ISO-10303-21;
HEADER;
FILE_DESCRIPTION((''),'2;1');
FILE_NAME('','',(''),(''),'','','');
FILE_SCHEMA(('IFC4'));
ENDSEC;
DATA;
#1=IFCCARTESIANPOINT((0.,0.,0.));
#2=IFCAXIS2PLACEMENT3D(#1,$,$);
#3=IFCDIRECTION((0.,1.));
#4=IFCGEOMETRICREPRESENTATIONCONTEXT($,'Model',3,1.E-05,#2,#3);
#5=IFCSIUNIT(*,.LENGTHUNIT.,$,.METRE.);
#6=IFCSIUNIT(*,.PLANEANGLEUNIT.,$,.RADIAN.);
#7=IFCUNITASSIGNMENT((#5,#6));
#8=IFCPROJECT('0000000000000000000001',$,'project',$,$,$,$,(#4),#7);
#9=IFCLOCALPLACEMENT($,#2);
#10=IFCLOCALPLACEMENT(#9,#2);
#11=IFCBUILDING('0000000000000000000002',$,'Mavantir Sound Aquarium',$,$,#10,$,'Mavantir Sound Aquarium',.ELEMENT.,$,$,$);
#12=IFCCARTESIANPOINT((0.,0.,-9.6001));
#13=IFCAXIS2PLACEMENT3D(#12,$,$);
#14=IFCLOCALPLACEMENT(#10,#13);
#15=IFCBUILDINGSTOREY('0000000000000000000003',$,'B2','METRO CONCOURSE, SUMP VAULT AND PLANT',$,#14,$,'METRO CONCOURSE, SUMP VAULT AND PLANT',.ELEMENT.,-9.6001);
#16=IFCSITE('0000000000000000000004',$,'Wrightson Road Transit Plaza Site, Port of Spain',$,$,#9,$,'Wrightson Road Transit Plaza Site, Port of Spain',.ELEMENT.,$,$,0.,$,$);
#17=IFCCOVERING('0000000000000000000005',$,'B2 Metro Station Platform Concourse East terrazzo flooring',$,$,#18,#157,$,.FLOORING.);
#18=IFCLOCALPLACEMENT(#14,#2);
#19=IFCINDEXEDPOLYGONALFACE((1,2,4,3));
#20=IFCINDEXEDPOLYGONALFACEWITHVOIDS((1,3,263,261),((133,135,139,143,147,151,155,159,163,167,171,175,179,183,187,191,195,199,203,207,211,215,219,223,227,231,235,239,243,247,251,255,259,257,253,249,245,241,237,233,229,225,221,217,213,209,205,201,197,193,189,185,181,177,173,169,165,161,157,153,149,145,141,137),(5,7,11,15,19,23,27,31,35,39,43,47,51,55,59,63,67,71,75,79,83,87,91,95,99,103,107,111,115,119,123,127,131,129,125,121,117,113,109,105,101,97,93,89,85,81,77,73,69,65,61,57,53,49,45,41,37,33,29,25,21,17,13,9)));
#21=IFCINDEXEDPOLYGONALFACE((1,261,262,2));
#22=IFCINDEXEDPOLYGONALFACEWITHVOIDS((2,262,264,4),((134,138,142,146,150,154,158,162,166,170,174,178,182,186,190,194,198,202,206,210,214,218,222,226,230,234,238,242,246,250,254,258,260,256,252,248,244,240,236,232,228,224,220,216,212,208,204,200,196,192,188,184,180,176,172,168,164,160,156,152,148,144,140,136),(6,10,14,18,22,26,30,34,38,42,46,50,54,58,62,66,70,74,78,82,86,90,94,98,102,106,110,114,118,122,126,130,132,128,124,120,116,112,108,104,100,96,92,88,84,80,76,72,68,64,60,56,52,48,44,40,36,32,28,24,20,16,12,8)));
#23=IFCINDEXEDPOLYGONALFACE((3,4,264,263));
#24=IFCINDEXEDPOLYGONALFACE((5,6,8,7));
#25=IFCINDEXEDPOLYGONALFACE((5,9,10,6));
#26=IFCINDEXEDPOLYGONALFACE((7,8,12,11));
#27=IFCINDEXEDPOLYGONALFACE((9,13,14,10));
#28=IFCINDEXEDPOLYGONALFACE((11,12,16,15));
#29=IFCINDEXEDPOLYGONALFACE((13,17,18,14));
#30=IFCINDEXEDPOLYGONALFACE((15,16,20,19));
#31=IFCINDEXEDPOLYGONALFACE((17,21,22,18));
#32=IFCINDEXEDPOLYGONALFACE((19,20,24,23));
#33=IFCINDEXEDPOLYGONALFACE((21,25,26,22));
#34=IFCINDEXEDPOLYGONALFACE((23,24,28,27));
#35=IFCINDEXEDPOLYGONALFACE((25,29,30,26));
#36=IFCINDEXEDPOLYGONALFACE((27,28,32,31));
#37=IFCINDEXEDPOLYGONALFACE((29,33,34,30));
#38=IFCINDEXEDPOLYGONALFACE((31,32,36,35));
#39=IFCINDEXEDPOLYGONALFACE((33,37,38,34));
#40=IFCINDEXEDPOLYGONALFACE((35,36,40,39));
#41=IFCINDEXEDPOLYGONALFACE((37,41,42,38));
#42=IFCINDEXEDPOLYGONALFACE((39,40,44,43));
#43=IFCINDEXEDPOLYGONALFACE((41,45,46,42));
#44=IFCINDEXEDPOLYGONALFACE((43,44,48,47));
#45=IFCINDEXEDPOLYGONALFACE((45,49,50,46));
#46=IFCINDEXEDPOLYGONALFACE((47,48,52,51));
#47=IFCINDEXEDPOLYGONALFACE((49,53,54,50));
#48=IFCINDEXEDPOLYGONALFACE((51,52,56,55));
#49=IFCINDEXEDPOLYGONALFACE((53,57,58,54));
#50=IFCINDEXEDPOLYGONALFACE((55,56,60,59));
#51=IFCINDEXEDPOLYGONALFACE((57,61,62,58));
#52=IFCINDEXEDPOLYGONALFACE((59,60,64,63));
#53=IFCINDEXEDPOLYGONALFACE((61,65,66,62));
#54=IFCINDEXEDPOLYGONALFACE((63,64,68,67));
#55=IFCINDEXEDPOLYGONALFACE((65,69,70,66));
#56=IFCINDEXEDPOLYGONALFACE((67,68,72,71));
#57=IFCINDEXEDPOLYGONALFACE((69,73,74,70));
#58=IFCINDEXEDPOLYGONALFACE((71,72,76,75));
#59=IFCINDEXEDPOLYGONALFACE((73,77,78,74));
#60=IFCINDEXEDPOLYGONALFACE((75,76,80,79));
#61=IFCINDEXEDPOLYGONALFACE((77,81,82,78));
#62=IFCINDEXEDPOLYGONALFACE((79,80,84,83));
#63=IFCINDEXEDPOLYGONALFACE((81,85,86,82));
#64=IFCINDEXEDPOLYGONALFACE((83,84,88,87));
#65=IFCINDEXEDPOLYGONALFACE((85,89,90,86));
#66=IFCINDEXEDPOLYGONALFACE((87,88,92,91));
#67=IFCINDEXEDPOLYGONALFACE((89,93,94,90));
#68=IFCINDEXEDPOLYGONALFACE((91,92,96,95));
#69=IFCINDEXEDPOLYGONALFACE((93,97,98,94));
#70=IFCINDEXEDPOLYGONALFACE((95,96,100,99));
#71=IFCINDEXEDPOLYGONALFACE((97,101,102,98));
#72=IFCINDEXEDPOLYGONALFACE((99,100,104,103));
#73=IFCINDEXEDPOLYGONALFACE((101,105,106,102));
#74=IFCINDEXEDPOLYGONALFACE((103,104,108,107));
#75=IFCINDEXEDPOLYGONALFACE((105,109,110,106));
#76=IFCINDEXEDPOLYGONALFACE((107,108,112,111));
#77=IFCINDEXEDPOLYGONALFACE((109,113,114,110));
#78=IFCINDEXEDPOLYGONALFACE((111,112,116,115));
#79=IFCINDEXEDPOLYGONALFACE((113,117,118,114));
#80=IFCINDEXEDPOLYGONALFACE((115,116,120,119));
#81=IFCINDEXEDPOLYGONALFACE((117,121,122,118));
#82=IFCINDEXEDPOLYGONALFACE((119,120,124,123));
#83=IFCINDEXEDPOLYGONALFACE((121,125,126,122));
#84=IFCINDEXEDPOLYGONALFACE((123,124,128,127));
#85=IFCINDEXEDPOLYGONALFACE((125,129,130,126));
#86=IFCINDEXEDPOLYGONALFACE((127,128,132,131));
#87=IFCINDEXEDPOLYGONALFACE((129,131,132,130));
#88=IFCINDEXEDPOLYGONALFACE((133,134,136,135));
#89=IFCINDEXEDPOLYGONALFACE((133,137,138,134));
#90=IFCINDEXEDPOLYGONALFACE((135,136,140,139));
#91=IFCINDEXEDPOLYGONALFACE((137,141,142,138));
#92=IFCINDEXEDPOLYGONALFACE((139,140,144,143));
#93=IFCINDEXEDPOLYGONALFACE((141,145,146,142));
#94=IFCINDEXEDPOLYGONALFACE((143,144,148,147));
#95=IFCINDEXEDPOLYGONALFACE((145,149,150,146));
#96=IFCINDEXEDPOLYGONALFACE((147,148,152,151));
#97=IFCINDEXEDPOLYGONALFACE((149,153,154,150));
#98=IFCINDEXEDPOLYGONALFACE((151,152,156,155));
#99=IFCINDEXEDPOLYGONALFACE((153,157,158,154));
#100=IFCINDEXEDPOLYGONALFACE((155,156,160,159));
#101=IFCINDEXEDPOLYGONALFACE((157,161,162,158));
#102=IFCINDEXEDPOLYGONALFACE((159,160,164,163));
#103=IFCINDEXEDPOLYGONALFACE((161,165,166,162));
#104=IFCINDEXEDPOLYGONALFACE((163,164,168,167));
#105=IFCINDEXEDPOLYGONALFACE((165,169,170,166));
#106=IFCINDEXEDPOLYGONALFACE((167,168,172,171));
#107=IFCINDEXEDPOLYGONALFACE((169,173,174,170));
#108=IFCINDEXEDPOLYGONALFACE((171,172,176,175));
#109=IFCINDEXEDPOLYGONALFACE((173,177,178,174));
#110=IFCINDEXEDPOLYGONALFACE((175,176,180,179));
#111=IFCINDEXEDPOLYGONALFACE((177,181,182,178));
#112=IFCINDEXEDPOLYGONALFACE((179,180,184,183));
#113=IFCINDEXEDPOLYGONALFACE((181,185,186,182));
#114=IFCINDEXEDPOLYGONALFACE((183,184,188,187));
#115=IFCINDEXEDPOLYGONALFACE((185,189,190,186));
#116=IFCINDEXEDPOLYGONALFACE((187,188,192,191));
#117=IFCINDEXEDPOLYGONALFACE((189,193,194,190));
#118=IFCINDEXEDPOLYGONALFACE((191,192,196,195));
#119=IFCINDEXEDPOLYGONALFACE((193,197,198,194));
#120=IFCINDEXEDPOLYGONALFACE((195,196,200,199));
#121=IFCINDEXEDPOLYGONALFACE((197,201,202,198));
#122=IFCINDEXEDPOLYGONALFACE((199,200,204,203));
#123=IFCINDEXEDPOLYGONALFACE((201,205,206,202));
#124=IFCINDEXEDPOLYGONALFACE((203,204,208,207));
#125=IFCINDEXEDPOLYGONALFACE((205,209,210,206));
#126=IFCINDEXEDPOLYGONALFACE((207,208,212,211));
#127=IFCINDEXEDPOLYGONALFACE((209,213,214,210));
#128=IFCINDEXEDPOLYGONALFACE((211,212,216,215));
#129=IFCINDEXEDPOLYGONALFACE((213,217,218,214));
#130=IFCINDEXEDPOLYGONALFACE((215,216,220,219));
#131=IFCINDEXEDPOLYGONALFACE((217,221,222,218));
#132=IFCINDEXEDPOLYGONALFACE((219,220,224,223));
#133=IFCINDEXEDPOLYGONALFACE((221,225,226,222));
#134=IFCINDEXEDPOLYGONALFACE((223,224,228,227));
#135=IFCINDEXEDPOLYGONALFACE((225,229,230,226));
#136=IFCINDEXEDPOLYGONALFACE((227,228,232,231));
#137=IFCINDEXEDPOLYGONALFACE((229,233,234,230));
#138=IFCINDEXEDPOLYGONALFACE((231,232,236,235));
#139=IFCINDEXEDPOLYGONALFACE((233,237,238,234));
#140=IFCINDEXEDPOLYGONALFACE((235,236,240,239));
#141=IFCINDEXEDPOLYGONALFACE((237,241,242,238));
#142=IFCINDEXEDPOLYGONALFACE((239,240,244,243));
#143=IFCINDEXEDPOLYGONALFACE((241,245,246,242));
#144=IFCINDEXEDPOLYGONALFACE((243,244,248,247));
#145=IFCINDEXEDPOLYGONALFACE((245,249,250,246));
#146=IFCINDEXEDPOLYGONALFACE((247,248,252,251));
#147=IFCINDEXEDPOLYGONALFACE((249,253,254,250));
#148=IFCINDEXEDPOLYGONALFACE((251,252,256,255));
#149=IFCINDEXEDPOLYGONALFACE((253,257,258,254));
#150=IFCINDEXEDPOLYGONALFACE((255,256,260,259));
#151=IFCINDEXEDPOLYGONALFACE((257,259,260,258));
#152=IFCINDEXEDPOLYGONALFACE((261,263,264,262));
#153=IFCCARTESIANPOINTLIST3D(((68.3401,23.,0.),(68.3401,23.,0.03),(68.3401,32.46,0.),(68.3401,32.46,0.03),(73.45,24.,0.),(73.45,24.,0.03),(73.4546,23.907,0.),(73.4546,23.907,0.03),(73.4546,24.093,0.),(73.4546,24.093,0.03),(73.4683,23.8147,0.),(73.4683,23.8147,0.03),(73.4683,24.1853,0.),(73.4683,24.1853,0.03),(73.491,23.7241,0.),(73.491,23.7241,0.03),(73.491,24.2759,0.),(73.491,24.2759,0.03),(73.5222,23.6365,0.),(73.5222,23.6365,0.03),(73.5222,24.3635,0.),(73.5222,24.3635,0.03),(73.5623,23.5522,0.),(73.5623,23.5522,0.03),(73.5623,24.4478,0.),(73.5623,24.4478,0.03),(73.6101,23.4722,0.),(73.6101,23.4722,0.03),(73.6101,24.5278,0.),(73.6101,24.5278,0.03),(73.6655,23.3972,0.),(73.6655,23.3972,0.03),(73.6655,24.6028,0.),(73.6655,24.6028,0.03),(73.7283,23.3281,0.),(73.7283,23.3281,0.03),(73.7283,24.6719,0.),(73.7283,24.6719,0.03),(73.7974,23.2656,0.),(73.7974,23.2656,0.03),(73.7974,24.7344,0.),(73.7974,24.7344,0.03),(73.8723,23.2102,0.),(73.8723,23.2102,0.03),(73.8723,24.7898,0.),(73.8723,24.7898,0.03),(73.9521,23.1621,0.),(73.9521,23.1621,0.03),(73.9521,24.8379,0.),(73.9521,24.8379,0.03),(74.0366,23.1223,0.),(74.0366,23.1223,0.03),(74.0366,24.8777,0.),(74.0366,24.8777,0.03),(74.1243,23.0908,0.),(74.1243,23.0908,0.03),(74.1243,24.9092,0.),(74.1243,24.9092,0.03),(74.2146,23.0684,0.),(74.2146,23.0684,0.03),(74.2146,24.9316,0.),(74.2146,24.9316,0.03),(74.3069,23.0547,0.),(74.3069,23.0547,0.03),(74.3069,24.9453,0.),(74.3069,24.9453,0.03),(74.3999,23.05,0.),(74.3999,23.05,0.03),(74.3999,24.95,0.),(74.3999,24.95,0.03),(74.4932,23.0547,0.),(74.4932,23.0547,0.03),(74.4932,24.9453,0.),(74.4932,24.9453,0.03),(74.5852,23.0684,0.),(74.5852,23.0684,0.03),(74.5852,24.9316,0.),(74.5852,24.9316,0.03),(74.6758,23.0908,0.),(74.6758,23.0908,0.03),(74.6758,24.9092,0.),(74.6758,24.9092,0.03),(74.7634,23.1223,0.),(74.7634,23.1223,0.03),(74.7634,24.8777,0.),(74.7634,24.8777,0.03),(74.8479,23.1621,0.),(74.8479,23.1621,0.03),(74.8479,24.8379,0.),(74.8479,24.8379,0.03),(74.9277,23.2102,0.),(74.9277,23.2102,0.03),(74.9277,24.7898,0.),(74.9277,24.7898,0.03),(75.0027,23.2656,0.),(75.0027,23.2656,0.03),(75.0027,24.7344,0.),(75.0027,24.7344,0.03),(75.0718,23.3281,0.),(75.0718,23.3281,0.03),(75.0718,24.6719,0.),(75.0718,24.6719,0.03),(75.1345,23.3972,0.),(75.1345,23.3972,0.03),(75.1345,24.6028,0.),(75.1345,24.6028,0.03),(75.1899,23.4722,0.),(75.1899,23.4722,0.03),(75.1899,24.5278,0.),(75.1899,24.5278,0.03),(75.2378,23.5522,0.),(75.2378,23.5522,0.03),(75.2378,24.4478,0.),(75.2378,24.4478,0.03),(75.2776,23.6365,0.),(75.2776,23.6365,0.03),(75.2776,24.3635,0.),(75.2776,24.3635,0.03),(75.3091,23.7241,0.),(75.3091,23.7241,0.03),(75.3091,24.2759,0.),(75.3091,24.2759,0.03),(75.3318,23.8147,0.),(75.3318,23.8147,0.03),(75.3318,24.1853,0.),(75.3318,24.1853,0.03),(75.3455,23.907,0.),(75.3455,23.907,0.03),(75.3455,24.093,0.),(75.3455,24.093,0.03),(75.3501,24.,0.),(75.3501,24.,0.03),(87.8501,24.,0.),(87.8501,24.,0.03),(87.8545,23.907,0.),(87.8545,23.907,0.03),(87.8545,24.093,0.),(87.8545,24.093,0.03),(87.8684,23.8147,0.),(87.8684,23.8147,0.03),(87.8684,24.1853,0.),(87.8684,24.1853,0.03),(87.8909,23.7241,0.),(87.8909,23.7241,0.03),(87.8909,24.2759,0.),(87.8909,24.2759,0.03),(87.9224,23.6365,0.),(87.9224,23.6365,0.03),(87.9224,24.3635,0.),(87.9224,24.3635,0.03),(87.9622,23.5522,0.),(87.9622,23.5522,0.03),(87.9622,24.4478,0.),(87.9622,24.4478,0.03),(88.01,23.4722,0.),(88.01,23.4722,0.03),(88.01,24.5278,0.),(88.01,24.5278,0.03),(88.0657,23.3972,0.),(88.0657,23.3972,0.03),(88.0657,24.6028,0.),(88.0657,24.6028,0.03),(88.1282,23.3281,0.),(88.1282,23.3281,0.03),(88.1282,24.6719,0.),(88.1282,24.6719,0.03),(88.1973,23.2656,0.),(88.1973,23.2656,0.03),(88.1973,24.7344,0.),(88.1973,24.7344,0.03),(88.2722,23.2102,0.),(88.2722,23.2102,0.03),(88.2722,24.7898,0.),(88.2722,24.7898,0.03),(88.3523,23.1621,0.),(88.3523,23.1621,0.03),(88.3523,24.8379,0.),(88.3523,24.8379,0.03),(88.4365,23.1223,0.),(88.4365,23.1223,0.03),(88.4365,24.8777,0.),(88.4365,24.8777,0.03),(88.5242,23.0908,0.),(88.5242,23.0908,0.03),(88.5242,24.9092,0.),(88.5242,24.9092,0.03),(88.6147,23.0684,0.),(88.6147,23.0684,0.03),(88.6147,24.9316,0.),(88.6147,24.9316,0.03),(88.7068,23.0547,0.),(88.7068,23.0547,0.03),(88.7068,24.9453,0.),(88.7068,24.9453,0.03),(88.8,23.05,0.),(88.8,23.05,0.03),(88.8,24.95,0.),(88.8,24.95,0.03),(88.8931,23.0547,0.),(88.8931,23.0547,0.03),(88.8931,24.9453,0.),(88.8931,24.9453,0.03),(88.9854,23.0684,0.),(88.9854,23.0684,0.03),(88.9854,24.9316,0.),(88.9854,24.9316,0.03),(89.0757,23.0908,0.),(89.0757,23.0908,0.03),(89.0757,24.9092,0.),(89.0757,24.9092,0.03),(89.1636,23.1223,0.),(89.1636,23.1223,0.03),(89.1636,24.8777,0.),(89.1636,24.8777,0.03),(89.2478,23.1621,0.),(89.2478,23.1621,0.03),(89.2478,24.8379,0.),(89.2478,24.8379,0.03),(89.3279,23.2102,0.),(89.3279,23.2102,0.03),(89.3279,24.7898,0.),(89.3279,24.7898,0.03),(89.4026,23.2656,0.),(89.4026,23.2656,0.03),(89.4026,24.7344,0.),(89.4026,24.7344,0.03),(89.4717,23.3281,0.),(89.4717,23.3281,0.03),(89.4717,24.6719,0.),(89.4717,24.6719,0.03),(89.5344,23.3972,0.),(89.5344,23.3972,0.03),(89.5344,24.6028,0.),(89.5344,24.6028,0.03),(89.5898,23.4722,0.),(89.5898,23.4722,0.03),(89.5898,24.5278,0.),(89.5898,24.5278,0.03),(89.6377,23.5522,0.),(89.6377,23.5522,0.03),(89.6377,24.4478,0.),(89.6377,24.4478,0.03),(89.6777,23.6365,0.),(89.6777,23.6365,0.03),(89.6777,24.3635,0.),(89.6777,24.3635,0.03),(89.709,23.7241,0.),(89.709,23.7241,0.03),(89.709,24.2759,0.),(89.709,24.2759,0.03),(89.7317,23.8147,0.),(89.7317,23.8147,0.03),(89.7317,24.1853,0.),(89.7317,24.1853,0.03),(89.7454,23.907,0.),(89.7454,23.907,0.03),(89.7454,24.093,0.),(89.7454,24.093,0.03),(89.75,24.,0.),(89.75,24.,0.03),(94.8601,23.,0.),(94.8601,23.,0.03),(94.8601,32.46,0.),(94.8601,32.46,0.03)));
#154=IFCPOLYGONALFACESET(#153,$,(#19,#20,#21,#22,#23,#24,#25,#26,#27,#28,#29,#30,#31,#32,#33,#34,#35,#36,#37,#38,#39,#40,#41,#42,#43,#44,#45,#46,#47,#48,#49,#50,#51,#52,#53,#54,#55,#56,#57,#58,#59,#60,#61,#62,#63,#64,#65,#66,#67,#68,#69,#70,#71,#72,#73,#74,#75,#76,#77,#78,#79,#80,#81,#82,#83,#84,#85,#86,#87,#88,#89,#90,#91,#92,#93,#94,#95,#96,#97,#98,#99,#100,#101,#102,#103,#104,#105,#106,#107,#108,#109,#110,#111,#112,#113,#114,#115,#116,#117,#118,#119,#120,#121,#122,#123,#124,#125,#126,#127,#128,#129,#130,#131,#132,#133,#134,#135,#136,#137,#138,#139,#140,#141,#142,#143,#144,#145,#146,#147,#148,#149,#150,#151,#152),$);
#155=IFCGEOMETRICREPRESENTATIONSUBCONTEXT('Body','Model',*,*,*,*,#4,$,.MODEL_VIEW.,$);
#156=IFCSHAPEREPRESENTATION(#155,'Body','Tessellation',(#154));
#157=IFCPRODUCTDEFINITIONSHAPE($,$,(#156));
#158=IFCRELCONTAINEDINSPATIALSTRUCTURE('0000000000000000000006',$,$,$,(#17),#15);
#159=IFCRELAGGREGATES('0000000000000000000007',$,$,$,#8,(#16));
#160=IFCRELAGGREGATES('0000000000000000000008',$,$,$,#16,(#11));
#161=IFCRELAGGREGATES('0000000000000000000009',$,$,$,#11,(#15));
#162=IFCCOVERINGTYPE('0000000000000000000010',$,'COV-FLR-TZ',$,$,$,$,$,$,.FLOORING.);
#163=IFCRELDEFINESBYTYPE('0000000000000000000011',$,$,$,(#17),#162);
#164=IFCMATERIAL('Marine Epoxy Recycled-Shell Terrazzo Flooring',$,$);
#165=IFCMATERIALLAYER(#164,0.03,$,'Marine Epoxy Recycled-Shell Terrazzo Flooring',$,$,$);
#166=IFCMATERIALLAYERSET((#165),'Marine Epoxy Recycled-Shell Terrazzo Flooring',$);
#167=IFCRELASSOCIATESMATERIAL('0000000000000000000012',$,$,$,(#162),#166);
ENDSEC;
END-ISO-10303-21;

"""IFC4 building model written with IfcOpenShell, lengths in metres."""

from ifc_helpers import new_model, si_unit, direction, frame, origin, place, context, subcontext, project, spatial, polyline, outline, extrude, material, layer, layer_set, type_object, element, save


model = new_model("IFC4")

# Units and contexts
model_context = context("Model", 3, precision=1e-05, world=origin(), true_north=direction((0.0, 1.0)))
body_context = subcontext(model_context, "Body", "Model", "MODEL_VIEW")
ifc_project = project(units=[si_unit("LENGTHUNIT", "METRE"), si_unit("PLANEANGLEUNIT", "RADIAN")], contexts=[model_context])

# Site, building, storey
site_placement = place(None, origin())
site = spatial("IfcSite", under=ifc_project, at=site_placement, Name="Wrightson Road Transit Plaza Site, Port of Spain", LongName="Wrightson Road Transit Plaza Site, Port of Spain", CompositionType="ELEMENT", RefElevation=0.0)
building_placement = place(site_placement, origin())
building = spatial("IfcBuilding", under=site, at=building_placement, Name="Mavantir Sound Aquarium", LongName="Mavantir Sound Aquarium", CompositionType="ELEMENT")
storey_placement = place(building_placement, frame((0.0, 0.0, -9.6001)))
storey = spatial("IfcBuildingStorey", under=building, at=storey_placement, Name="B2", Description="METRO CONCOURSE, SUMP VAULT AND PLANT", LongName="METRO CONCOURSE, SUMP VAULT AND PLANT", CompositionType="ELEMENT", Elevation=-9.6001)

# Covering
ifc_material_1 = material(Name="Marine Epoxy Recycled-Shell Terrazzo Flooring")
ifc_layer_1 = layer(ifc_material_1, 0.03, Name="Marine Epoxy Recycled-Shell Terrazzo Flooring")
ifc_layer_set_1 = layer_set([ifc_layer_1], Name="Marine Epoxy Recycled-Shell Terrazzo Flooring")
covering_type_1 = type_object("IfcCoveringType", Name="COV-FLR-TZ", PredefinedType="FLOORING", material=ifc_layer_set_1)
covering_1_placement = place(storey_placement, origin())
element("IfcCovering", 1, at=covering_1_placement, inside=storey, type_object=covering_type_1, Name="B2 Metro Station Platform Concourse East terrazzo flooring", PredefinedType="FLOORING", context=body_context, shape_type="SweptSolid", body=[
    extrude(outline(polyline([(94.8601, 32.46), (94.8601, 23.0), (68.3401, 23.0), (68.3401, 32.46), (94.8601, 32.46)]), holes=[polyline([(89.4717, 23.3281), (89.5344, 23.3972), (89.5898, 23.4722), (89.6377, 23.5522), (89.6777, 23.6365), (89.709, 23.7241), (89.7317, 23.8147), (89.7454, 23.907), (89.75, 24.0), (89.7454, 24.093), (89.7317, 24.1853), (89.709, 24.2759), (89.6777, 24.3635), (89.6377, 24.4478), (89.5898, 24.5278), (89.5344, 24.6028), (89.4717, 24.6719), (89.4026, 24.7344), (89.3279, 24.7898), (89.2478, 24.8379), (89.1636, 24.8777), (89.0757, 24.9092), (88.9854, 24.9316), (88.8931, 24.9453), (88.8, 24.95), (88.7068, 24.9453), (88.6147, 24.9316), (88.5242, 24.9092), (88.4365, 24.8777), (88.3523, 24.8379), (88.2722, 24.7898), (88.1973, 24.7344), (88.1282, 24.6719), (88.0657, 24.6028), (88.01, 24.5278), (87.9622, 24.4478), (87.9224, 24.3635), (87.8909, 24.2759), (87.8684, 24.1853), (87.8545, 24.093), (87.8501, 24.0), (87.8545, 23.907), (87.8684, 23.8147), (87.8909, 23.7241), (87.9224, 23.6365), (87.9622, 23.5522), (88.01, 23.4722), (88.0657, 23.3972), (88.1282, 23.3281), (88.1973, 23.2656), (88.2722, 23.2102), (88.3523, 23.1621), (88.4365, 23.1223), (88.5242, 23.0908), (88.6147, 23.0684), (88.7068, 23.0547), (88.8, 23.05), (88.8931, 23.0547), (88.9854, 23.0684), (89.0757, 23.0908), (89.1636, 23.1223), (89.2478, 23.1621), (89.3279, 23.2102), (89.4026, 23.2656), (89.4717, 23.3281)]), polyline([(75.0718, 23.3281), (75.1345, 23.3972), (75.1899, 23.4722), (75.2378, 23.5522), (75.2776, 23.6365), (75.3091, 23.7241), (75.3318, 23.8147), (75.3455, 23.907), (75.3501, 24.0), (75.3455, 24.093), (75.3318, 24.1853), (75.3091, 24.2759), (75.2776, 24.3635), (75.2378, 24.4478), (75.1899, 24.5278), (75.1345, 24.6028), (75.0718, 24.6719), (75.0027, 24.7344), (74.9277, 24.7898), (74.8479, 24.8379), (74.7634, 24.8777), (74.6758, 24.9092), (74.5852, 24.9316), (74.4932, 24.9453), (74.3999, 24.95), (74.3069, 24.9453), (74.2146, 24.9316), (74.1243, 24.9092), (74.0366, 24.8777), (73.9521, 24.8379), (73.8723, 24.7898), (73.7974, 24.7344), (73.7283, 24.6719), (73.6655, 24.6028), (73.6101, 24.5278), (73.5623, 24.4478), (73.5222, 24.3635), (73.491, 24.2759), (73.4683, 24.1853), (73.4546, 24.093), (73.45, 24.0), (73.4546, 23.907), (73.4683, 23.8147), (73.491, 23.7241), (73.5222, 23.6365), (73.5623, 23.5522), (73.6101, 23.4722), (73.6655, 23.3972), (73.7283, 23.3281), (73.7974, 23.2656), (73.8723, 23.2102), (73.9521, 23.1621), (74.0366, 23.1223), (74.1243, 23.0908), (74.2146, 23.0684), (74.3069, 23.0547), (74.3999, 23.05), (74.4932, 23.0547), (74.5852, 23.0684), (74.6758, 23.0908), (74.7634, 23.1223), (74.8479, 23.1621), (74.9277, 23.2102), (75.0027, 23.2656), (75.0718, 23.3281)])]), origin(), (0.0, 0.0, 1.0), 0.03),
])

save(model, "model.ifc")
